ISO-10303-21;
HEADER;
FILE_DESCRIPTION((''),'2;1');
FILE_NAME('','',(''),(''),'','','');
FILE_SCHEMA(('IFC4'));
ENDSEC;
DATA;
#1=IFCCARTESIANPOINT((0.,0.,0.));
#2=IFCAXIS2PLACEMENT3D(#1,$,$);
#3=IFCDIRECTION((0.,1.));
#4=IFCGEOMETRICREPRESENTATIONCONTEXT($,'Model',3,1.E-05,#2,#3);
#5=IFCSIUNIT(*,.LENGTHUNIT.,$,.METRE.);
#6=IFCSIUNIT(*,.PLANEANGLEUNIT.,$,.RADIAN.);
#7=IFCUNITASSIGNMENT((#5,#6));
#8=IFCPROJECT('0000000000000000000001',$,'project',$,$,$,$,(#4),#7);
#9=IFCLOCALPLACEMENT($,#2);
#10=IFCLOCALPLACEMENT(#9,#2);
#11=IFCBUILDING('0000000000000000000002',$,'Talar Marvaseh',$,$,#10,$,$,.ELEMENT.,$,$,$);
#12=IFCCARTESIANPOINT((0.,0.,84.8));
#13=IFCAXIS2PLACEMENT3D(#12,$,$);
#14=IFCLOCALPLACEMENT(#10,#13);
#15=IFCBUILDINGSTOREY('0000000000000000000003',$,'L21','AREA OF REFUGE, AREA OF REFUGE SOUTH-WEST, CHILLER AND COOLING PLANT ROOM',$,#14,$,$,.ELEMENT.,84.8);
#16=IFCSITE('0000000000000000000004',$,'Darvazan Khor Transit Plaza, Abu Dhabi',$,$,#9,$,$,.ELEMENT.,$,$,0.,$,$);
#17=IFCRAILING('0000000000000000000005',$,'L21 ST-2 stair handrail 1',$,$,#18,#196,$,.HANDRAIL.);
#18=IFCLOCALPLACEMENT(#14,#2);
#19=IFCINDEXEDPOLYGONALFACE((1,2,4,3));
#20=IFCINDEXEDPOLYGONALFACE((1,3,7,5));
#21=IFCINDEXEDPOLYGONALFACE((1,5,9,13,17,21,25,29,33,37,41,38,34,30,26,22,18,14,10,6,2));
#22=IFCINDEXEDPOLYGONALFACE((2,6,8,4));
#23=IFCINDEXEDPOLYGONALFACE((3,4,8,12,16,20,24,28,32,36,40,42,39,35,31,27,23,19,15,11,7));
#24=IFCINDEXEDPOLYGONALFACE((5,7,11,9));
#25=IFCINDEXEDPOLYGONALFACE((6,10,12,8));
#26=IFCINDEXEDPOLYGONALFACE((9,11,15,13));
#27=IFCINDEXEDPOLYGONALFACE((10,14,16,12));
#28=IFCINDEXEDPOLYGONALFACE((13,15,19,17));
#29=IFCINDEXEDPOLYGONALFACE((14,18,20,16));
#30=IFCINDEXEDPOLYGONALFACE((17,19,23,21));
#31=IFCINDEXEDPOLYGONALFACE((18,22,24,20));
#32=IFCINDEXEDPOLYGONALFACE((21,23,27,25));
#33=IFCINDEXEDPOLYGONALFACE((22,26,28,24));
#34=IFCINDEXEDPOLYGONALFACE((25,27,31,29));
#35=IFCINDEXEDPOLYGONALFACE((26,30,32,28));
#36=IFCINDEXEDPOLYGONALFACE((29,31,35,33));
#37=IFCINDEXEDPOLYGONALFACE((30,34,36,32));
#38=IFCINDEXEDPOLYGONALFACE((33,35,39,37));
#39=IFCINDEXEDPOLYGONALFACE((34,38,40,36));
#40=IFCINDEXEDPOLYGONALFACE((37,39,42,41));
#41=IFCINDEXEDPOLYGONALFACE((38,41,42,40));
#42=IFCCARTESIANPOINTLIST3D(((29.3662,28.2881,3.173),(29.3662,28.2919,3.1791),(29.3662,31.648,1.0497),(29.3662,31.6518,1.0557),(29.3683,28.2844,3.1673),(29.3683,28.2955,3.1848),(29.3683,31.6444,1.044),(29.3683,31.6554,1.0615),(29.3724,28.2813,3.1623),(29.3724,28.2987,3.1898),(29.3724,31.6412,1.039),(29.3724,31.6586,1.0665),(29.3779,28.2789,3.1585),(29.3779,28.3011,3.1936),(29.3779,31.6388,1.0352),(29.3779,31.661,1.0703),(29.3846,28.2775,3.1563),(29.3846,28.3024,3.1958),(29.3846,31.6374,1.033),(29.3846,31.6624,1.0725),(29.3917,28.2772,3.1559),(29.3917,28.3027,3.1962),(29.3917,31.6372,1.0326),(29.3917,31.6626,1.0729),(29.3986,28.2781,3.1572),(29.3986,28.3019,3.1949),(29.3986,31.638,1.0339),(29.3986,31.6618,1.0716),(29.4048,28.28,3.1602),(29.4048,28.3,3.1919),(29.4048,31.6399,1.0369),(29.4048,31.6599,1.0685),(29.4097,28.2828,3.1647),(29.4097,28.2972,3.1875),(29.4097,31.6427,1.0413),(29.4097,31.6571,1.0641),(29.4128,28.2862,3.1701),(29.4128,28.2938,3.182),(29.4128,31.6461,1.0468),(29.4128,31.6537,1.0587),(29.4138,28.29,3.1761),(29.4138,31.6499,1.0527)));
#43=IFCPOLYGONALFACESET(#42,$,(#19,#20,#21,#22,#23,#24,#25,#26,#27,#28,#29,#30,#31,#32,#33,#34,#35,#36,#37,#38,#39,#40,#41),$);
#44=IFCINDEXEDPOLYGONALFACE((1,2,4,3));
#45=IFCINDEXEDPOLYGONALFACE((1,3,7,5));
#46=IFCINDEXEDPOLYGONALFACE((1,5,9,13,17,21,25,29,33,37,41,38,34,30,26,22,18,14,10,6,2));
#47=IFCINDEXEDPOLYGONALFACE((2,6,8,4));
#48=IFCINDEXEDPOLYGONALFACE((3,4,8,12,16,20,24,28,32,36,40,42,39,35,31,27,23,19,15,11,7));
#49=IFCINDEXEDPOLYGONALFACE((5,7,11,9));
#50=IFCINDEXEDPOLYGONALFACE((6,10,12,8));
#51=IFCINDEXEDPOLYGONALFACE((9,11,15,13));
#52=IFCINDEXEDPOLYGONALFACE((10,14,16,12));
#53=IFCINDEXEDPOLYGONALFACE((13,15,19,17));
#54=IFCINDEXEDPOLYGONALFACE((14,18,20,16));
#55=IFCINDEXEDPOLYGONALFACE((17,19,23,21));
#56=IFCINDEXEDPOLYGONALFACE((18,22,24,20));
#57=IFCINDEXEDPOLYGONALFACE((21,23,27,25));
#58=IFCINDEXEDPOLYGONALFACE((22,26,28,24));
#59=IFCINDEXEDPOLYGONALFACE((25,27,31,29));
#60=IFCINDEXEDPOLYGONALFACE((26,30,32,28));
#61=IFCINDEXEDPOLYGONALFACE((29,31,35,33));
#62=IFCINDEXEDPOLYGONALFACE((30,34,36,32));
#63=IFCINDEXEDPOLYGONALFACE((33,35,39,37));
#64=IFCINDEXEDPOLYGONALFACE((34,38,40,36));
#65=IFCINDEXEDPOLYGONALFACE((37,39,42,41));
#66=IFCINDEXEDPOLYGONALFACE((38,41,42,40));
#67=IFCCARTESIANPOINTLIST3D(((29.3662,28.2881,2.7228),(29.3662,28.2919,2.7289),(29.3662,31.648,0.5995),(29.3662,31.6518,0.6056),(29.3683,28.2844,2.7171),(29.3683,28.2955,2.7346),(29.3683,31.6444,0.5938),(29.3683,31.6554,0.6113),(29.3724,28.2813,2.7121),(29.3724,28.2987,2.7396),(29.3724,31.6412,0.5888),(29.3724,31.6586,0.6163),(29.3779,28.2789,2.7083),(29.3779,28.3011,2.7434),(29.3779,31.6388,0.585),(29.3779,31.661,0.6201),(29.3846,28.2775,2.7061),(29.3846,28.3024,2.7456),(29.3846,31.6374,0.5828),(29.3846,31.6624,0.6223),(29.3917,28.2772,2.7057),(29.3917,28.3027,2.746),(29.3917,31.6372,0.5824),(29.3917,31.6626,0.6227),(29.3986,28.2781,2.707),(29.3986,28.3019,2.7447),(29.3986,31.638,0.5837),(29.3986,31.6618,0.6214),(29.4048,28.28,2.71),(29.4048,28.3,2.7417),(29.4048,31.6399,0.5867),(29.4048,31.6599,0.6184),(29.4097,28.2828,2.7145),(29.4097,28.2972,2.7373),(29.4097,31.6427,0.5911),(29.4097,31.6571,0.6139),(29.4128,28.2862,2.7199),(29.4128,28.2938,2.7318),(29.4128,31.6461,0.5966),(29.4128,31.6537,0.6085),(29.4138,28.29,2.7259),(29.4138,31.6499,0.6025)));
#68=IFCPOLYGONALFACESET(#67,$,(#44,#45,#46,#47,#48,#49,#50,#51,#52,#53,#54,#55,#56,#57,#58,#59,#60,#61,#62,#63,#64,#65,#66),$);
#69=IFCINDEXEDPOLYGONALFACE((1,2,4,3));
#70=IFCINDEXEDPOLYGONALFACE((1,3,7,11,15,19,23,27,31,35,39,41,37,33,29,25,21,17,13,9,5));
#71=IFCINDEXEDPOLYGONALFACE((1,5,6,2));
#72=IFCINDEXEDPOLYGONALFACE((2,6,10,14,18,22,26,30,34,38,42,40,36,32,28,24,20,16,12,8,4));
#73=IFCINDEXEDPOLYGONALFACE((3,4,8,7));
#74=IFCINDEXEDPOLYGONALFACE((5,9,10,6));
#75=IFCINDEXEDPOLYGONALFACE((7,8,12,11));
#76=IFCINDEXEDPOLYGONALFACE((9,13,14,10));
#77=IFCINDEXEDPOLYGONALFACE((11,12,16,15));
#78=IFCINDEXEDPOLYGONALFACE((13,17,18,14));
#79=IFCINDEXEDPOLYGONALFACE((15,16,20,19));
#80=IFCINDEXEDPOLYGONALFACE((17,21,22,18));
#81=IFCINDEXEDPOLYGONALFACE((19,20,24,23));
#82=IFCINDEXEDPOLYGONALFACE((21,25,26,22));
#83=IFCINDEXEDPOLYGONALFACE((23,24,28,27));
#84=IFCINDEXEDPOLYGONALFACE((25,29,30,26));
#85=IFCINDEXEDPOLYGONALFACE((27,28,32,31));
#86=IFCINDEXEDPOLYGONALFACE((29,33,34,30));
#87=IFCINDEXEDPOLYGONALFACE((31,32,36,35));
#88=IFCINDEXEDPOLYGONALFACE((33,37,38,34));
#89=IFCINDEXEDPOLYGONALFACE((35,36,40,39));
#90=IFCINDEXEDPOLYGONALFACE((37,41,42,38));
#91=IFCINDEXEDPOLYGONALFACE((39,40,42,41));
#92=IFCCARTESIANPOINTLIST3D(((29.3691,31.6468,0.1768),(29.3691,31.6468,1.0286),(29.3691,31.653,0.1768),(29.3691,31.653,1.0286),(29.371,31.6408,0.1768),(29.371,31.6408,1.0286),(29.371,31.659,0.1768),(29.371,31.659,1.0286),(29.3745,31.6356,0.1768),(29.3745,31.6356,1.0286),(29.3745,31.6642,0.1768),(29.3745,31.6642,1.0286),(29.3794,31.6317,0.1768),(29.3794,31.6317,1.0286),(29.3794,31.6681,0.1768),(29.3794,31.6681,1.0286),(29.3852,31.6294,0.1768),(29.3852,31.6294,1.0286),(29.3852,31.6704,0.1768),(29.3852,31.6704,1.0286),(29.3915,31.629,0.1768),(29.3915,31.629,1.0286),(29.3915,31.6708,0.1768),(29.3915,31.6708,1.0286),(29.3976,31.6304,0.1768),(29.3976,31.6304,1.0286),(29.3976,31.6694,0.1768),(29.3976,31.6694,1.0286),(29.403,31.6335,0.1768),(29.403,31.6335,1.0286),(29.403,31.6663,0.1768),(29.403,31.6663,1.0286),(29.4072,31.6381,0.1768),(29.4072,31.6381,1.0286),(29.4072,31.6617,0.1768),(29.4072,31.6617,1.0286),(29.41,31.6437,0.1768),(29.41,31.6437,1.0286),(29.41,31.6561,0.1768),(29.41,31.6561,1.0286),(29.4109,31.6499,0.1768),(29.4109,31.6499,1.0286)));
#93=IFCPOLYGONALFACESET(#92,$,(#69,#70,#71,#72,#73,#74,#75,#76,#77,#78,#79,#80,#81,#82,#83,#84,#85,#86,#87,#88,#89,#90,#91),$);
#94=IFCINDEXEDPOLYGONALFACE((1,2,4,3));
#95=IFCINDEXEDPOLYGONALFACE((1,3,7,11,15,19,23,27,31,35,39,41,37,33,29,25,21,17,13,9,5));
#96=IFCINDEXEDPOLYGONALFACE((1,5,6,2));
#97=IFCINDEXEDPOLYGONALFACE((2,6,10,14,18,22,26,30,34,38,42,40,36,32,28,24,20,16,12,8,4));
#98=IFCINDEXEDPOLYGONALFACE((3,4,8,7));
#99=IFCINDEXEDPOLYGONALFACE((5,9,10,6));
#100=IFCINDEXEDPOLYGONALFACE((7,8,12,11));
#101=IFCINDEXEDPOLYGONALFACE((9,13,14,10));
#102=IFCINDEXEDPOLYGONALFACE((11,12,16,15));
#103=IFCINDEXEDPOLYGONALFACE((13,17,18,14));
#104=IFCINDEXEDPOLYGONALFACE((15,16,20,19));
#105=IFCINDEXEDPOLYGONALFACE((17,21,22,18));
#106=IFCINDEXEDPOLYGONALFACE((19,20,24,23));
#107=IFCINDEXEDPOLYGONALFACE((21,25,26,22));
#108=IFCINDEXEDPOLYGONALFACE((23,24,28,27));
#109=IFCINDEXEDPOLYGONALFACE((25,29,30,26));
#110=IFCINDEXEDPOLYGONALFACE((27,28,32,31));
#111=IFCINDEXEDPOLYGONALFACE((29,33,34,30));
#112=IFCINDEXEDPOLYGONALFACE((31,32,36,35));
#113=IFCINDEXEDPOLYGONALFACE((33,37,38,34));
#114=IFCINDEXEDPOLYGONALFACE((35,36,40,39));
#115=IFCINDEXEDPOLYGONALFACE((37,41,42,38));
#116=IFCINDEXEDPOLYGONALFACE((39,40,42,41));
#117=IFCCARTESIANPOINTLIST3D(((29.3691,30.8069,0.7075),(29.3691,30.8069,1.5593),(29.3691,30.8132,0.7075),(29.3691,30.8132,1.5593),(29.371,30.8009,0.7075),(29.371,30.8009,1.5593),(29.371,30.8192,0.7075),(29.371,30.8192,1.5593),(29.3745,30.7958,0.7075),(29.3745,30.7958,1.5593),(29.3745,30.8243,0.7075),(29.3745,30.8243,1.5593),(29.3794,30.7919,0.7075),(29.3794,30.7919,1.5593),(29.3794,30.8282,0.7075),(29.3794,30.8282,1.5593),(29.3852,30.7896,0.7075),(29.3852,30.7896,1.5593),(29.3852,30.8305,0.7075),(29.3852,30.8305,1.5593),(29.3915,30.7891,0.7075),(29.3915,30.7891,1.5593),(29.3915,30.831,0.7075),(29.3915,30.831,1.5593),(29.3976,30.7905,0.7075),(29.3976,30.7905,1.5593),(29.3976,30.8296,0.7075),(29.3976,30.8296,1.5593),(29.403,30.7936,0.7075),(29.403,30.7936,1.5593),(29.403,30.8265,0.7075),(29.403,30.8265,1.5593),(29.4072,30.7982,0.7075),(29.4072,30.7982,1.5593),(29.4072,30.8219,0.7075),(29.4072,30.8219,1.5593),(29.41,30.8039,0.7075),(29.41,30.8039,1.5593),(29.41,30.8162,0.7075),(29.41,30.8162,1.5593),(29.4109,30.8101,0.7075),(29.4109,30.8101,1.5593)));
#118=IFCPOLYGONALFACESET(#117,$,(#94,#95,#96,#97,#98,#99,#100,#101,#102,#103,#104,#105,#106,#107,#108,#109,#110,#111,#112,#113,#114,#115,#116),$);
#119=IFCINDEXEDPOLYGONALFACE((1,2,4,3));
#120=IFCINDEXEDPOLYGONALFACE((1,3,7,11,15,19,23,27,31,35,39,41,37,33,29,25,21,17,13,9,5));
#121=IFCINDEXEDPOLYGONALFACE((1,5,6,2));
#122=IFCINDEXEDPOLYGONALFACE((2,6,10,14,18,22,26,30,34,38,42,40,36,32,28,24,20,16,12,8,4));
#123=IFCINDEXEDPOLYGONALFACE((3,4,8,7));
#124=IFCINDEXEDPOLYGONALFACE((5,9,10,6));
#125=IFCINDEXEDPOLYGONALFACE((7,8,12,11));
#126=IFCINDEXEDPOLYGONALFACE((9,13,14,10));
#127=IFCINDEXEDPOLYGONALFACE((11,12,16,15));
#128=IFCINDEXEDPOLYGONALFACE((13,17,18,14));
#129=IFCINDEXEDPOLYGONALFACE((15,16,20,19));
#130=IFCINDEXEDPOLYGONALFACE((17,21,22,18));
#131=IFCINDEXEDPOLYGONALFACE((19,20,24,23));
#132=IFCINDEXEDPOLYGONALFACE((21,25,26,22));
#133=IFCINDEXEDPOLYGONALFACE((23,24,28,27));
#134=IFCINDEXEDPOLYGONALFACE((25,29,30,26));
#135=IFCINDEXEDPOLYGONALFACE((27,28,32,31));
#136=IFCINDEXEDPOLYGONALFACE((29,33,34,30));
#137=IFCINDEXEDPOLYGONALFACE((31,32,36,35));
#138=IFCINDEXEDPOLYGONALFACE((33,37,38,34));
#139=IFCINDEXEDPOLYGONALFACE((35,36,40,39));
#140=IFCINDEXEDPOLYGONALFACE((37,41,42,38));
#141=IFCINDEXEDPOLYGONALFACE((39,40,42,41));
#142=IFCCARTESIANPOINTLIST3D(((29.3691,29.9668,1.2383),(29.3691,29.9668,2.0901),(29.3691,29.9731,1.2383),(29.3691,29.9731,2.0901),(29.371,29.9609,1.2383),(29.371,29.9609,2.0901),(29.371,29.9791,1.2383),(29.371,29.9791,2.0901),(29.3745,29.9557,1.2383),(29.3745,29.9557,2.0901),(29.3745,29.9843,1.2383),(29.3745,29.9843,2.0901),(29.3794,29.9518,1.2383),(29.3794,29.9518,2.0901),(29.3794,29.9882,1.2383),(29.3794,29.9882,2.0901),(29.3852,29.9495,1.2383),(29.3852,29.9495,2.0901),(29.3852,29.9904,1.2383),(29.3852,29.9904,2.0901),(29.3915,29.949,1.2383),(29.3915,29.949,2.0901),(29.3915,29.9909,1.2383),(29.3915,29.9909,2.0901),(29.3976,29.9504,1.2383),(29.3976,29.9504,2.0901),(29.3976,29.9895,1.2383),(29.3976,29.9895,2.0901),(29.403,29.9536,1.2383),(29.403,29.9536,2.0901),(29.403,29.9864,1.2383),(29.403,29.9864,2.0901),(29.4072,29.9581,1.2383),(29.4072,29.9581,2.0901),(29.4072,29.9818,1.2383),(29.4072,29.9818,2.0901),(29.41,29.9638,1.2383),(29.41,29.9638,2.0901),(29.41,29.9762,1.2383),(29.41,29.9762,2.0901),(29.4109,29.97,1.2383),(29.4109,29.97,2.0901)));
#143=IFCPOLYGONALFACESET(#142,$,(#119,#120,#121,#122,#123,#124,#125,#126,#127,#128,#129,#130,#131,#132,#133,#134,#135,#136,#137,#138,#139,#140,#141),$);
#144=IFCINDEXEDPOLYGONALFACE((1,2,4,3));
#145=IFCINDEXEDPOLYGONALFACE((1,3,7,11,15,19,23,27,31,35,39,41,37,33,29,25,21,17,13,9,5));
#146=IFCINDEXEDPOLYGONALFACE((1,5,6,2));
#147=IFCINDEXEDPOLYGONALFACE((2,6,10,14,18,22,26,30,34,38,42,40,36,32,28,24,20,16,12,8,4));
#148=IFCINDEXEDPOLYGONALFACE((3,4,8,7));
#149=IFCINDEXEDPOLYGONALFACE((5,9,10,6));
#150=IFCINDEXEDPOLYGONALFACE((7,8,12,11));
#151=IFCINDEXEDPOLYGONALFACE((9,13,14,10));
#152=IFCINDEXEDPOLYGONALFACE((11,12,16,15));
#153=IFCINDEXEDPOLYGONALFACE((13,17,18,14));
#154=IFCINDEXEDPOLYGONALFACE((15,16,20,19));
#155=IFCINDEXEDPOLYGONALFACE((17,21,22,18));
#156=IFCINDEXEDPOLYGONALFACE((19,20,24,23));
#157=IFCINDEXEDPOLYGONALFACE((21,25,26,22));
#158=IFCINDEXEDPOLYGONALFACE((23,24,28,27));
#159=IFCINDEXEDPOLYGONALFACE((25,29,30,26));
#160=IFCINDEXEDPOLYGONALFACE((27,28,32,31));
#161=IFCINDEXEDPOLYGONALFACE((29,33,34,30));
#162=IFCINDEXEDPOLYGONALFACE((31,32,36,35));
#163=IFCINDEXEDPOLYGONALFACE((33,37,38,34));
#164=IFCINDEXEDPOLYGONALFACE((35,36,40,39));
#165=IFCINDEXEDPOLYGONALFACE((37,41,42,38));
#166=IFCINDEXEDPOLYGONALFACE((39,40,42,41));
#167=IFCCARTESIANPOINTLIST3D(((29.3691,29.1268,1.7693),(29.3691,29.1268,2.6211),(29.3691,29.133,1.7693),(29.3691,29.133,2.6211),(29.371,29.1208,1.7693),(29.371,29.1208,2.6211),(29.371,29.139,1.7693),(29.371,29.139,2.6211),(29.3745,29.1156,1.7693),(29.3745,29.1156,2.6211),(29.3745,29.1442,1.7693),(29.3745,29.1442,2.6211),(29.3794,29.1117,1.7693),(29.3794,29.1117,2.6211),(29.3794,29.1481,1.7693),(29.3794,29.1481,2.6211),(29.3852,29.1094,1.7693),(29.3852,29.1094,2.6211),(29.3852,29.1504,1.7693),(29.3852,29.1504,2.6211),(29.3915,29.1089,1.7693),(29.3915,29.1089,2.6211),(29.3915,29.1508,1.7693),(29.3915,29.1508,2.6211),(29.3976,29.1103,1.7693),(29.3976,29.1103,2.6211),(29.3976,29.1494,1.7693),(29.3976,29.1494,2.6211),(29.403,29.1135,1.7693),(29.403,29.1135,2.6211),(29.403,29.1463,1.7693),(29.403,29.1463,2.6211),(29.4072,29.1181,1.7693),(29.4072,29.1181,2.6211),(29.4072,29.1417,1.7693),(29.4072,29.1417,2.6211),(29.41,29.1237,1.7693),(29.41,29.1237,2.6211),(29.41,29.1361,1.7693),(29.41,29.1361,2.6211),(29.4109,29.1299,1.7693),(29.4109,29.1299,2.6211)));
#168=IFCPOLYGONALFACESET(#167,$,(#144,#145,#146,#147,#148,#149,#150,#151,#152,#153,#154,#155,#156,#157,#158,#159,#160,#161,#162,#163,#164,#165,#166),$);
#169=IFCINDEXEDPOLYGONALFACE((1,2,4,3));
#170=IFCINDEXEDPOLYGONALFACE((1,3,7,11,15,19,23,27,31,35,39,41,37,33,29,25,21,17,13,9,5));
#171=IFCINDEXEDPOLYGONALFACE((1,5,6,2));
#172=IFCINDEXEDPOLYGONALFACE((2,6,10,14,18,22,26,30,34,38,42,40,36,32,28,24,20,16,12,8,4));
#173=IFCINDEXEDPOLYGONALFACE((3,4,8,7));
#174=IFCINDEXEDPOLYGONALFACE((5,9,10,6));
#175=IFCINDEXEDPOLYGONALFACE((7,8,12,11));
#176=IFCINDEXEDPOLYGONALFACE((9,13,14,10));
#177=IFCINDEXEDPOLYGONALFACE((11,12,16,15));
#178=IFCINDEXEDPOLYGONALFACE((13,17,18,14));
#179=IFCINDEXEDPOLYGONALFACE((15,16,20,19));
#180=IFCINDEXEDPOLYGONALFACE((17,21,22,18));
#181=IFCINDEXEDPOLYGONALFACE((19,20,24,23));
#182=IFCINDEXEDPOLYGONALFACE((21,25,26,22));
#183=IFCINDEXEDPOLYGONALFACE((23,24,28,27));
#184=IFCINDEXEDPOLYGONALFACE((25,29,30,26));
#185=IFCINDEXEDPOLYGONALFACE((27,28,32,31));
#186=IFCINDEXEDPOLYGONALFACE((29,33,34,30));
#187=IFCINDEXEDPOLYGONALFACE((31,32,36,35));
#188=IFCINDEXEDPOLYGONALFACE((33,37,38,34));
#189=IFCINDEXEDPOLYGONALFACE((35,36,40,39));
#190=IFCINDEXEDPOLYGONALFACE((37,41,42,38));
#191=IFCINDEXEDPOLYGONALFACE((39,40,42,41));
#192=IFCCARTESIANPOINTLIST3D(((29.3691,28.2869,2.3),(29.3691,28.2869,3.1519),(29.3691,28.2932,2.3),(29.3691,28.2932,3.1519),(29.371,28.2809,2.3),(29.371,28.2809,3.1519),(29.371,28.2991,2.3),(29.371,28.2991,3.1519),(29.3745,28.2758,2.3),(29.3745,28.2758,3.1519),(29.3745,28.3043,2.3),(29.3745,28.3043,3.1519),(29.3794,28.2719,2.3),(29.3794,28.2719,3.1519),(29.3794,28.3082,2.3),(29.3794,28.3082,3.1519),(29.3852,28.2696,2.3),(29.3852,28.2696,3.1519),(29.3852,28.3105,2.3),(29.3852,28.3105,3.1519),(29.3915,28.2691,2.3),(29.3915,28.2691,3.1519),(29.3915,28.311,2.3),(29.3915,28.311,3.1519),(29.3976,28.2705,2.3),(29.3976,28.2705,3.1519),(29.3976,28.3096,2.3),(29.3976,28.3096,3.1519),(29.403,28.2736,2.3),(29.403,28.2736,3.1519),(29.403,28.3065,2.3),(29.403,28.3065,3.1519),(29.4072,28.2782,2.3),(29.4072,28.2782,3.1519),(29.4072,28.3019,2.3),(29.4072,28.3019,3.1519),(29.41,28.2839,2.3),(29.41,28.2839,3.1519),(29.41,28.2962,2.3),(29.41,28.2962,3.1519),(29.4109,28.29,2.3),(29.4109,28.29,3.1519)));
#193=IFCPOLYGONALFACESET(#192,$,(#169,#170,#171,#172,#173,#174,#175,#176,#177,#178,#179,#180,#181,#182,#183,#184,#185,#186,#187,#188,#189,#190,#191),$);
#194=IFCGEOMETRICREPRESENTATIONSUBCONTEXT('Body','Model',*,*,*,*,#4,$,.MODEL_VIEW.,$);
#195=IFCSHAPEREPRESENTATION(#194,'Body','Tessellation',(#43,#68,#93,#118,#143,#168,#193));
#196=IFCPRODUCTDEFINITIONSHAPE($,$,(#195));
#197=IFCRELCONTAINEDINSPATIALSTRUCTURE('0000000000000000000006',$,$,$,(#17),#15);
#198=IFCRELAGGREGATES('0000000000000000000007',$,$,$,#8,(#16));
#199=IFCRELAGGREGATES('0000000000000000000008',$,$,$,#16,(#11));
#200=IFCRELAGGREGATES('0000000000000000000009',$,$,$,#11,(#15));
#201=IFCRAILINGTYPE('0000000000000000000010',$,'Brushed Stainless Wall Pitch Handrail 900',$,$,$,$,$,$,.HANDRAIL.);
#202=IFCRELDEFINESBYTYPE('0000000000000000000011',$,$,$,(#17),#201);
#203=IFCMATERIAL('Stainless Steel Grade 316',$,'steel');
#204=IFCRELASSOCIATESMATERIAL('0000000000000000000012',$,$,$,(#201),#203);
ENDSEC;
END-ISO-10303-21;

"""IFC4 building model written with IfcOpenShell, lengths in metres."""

from ifc_helpers import new_model, si_unit, direction, frame, origin, origin_2d, place, context, subcontext, project, spatial, circle, extrude, material, type_object, element, save


model = new_model("IFC4")

# Units and contexts
model_context = context("Model", 3, precision=1e-05, world=origin(), true_north=direction((0.0, 1.0)))
body_context = subcontext(model_context, "Body", "Model", "MODEL_VIEW")
ifc_project = project(units=[si_unit("LENGTHUNIT", "METRE"), si_unit("PLANEANGLEUNIT", "RADIAN")], contexts=[model_context])

# Site, building, storey
site_placement = place(None, origin())
site = spatial("IfcSite", under=ifc_project, at=site_placement, Name="Darvazan Khor Transit Plaza, Abu Dhabi", CompositionType="ELEMENT", RefElevation=0.0)
building_placement = place(site_placement, origin())
building = spatial("IfcBuilding", under=site, at=building_placement, Name="Talar Marvaseh", CompositionType="ELEMENT")
storey_placement = place(building_placement, frame((0.0, 0.0, 84.8)))
storey = spatial("IfcBuildingStorey", under=building, at=storey_placement, Name="L21", Description="AREA OF REFUGE, AREA OF REFUGE SOUTH-WEST, CHILLER AND COOLING PLANT ROOM", CompositionType="ELEMENT", Elevation=84.8)

# Railing
ifc_material_1 = material(Name="Stainless Steel Grade 316", Category="steel")
railing_type_1 = type_object("IfcRailingType", Name="Brushed Stainless Wall Pitch Handrail 900", PredefinedType="HANDRAIL", material=ifc_material_1)
railing_1_placement = place(storey_placement, frame((29.3899, 31.6499, 0.1768)))
element("IfcRailing", 1, at=railing_1_placement, inside=storey, type_object=railing_type_1, Name="L21 ST-2 stair handrail 1", PredefinedType="HANDRAIL", context=body_context, shape_type="SweptSolid", body=[
    extrude(circle(Radius=0.0239, at=origin_2d()), frame((0.0, 0.0, 0.876), z_axis=(0.0, -0.845344, 0.534222), x_axis=(1.0, 0.0, 0.0)), (0.0, 0.0, 1.0), 3.9746),
    extrude(circle(Radius=0.0239, at=origin_2d()), frame((0.0, 0.0, 0.4258), z_axis=(0.0, -0.845344, 0.534222), x_axis=(1.0, 0.0, 0.0)), (0.0, 0.0, 1.0), 3.9746),
    extrude(circle(Radius=0.021, at=origin_2d()), origin(), (0.0, 0.0, 1.0), 0.8518),
    extrude(circle(Radius=0.021, at=origin_2d()), frame((0.0, -0.8398, 0.5308)), (0.0, 0.0, 1.0), 0.8518),
    extrude(circle(Radius=0.021, at=origin_2d()), frame((0.0, -1.6799, 1.0615)), (0.0, 0.0, 1.0), 0.8518),
    extrude(circle(Radius=0.021, at=origin_2d()), frame((0.0, -2.52, 1.5925)), (0.0, 0.0, 1.0), 0.8518),
    extrude(circle(Radius=0.021, at=origin_2d()), frame((0.0, -3.3599, 2.1233)), (0.0, 0.0, 1.0), 0.8518),
])

save(model, "model.ifc")
